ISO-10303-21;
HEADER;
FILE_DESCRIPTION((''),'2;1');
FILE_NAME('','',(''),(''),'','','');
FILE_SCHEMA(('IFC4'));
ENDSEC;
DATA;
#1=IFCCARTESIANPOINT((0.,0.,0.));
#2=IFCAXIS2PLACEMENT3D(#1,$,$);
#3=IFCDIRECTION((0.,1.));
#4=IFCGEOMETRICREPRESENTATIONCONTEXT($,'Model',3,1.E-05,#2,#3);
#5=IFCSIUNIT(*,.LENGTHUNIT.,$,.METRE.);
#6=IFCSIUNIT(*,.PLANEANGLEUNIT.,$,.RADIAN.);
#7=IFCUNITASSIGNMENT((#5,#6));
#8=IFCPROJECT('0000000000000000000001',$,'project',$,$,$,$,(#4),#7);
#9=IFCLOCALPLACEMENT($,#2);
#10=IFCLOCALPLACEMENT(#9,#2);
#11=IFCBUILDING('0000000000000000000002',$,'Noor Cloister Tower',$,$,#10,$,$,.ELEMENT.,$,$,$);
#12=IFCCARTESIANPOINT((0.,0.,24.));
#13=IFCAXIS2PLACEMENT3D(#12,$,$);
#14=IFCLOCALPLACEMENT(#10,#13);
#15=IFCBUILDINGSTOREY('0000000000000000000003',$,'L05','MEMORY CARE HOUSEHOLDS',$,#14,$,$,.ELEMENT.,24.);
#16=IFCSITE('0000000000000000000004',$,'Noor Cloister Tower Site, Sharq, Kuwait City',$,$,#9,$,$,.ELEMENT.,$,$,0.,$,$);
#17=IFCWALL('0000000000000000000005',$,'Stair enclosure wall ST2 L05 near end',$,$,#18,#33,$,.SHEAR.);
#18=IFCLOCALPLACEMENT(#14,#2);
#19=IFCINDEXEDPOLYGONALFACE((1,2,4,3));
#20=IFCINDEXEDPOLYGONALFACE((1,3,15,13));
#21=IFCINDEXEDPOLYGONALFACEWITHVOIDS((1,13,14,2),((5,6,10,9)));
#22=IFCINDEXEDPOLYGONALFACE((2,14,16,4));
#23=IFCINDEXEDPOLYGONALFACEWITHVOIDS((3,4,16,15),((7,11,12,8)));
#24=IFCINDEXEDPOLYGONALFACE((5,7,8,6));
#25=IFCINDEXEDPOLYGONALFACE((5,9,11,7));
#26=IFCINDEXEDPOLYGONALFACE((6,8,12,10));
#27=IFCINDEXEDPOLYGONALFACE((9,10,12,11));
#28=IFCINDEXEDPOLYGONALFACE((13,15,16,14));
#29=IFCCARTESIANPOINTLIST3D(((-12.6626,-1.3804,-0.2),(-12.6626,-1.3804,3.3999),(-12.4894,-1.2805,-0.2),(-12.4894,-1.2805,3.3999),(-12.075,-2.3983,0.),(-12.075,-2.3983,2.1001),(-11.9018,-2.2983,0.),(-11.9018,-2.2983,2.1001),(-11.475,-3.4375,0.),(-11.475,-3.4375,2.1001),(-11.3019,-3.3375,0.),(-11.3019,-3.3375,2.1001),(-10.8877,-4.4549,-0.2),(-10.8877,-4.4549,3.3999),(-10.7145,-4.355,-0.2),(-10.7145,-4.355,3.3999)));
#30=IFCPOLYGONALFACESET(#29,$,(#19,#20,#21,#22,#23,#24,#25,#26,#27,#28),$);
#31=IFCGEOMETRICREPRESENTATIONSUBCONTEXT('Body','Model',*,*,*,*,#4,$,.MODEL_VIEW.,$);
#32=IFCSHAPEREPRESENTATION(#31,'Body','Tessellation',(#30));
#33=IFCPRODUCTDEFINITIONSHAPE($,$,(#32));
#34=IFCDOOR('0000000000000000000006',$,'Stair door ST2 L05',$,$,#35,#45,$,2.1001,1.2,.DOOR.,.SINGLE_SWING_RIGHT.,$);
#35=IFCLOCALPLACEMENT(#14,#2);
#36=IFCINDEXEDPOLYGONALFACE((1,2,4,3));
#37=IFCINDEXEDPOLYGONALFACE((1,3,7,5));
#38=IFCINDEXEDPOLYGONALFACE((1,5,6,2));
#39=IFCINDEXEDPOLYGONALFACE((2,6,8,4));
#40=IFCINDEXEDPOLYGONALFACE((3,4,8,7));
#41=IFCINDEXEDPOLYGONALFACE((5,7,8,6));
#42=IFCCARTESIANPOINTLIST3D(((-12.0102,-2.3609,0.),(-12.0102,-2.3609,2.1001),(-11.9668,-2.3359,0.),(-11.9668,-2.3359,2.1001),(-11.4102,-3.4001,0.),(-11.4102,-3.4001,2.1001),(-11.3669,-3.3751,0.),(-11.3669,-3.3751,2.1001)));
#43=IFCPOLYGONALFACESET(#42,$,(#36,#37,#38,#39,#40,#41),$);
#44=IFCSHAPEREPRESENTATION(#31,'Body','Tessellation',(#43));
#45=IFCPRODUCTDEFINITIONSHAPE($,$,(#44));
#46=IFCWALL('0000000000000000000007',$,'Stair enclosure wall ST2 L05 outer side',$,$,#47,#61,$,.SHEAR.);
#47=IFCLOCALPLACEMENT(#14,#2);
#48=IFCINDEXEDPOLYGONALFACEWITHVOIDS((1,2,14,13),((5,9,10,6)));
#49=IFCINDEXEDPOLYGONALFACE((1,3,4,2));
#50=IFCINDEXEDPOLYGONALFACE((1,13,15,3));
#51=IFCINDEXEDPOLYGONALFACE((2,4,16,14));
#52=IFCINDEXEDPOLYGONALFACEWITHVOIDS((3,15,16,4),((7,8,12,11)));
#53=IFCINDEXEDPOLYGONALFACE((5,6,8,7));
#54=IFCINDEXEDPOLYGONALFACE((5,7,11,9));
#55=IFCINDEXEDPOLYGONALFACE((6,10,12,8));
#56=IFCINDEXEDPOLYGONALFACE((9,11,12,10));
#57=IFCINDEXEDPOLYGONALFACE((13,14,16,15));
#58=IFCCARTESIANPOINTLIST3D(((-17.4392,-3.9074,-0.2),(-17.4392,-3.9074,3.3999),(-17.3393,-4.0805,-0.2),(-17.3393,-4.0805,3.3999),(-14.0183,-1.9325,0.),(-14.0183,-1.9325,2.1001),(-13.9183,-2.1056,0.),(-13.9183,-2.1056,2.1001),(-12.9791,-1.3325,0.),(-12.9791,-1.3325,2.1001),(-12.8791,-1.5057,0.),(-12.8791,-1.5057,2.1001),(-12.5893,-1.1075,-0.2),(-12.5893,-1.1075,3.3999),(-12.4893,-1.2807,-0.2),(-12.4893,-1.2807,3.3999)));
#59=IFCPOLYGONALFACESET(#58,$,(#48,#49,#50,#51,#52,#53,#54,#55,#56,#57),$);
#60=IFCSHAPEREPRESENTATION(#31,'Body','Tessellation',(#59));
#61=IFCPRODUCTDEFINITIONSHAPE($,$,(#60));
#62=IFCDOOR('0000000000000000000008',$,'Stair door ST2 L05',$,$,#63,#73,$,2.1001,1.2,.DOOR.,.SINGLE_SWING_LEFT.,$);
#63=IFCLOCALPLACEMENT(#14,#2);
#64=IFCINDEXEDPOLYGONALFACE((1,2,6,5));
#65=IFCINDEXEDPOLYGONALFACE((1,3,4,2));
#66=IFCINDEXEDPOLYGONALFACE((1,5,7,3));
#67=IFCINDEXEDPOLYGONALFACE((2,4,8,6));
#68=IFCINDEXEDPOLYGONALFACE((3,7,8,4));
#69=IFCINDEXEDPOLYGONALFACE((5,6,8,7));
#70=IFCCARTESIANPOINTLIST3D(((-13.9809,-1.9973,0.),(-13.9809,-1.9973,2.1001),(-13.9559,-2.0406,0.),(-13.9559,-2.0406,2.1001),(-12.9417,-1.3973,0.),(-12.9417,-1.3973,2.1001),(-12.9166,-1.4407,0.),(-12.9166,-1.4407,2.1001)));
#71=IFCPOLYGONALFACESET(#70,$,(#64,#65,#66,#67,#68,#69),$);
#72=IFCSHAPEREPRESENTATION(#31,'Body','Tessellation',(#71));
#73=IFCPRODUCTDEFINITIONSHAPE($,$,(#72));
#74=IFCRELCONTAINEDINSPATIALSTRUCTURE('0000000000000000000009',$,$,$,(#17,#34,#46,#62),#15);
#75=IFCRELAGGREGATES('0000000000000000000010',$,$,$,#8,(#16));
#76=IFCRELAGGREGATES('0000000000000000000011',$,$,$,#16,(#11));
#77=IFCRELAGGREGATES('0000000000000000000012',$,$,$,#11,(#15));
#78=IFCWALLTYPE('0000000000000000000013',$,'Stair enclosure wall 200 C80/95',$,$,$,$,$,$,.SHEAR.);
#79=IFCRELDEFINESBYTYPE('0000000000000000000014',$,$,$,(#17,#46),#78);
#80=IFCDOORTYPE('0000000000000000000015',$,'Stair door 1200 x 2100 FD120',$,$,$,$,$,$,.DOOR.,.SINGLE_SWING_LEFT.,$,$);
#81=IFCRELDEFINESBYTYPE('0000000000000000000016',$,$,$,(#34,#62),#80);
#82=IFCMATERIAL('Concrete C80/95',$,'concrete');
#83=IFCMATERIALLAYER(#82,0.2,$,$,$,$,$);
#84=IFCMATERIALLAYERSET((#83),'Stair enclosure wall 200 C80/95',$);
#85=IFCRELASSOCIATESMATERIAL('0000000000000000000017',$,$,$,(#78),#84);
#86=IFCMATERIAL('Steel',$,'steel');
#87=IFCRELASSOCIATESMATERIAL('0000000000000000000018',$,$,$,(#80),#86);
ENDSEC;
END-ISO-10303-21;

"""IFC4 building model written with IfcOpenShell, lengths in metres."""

from ifc_helpers import new_model, si_unit, direction, frame, frame_2d, origin, place, context, subcontext, project, spatial, rectangle, extrude, material, layer, layer_set, type_object, element, fill, save


model = new_model("IFC4")

# Units and contexts
model_context = context("Model", 3, precision=1e-05, world=origin(), true_north=direction((0.0, 1.0)))
body_context = subcontext(model_context, "Body", "Model", "MODEL_VIEW")
ifc_project = project(units=[si_unit("LENGTHUNIT", "METRE"), si_unit("PLANEANGLEUNIT", "RADIAN")], contexts=[model_context])

# Site, building, storey
site_placement = place(None, origin())
site = spatial("IfcSite", under=ifc_project, at=site_placement, Name="Noor Cloister Tower Site, Sharq, Kuwait City", CompositionType="ELEMENT", RefElevation=0.0)
building_placement = place(site_placement, origin())
building = spatial("IfcBuilding", under=site, at=building_placement, Name="Noor Cloister Tower", CompositionType="ELEMENT")
storey_placement = place(building_placement, frame((0.0, 0.0, 24.0)))
storey = spatial("IfcBuildingStorey", under=building, at=storey_placement, Name="L05", Description="MEMORY CARE HOUSEHOLDS", CompositionType="ELEMENT", Elevation=24.0)

# Walls, openings, doors
ifc_material_1 = material(Name="Concrete C80/95", Category="concrete")
ifc_layer_1 = layer(ifc_material_1, 0.2)
ifc_layer_set_1 = layer_set([ifc_layer_1], Name="Stair enclosure wall 200 C80/95")
wall_type_1 = type_object("IfcWallType", Name="Stair enclosure wall 200 C80/95", PredefinedType="SHEAR", material=ifc_layer_set_1)
wall_1_placement = place(storey_placement, frame((-12.5759, -1.3306, -0.2), z_axis=(0.0, 0.0, 1.0), x_axis=(0.49997, -0.866042, 0.0)))
wall_1 = element("IfcWall", 1, at=wall_1_placement, inside=storey, type_object=wall_type_1, Name="Stair enclosure wall ST2 L05 near end", PredefinedType="SHEAR", context=body_context, shape_type="SweptSolid", body=[
    extrude(rectangle(XDim=3.55, YDim=0.2, at=frame_2d((1.7749, 0.0))), origin(), (0.0, 0.0, 1.0), 3.5999),
])
opening_1_placement = place(wall_1_placement, frame((1.175, 0.0, 0.2)))
opening_1 = element("IfcOpeningElement", 2, at=opening_1_placement, cuts=wall_1, PredefinedType="OPENING", context=body_context, shape_type="SweptSolid", body=[
    extrude(rectangle(XDim=1.2, YDim=2.1001, at=frame_2d((0.6001, 1.05))), frame((0.0, 0.1099, 0.0), z_axis=(0.0, -1.0, 0.0), x_axis=(1.0, 0.0, 0.0)), (0.0, 0.0, 1.0), 0.22),
])
ifc_material_2 = material(Name="Steel", Category="steel")
door_type_1 = type_object("IfcDoorType", Name="Stair door 1200 x 2100 FD120", OperationType="SINGLE_SWING_LEFT", PredefinedType="DOOR", material=ifc_material_2)
door_1_placement = place(opening_1_placement, origin())
door_1 = element("IfcDoor", 3, at=door_1_placement, inside=storey, type_object=door_type_1, Name="Stair door ST2 L05", OperationType="SINGLE_SWING_RIGHT", OverallHeight=2.1001, OverallWidth=1.2, PredefinedType="DOOR", context=body_context, shape_type="SweptSolid", body=[
    extrude(rectangle(XDim=1.2, YDim=2.1001, at=frame_2d((0.6001, 1.05))), frame((0.0, 0.0249, 0.0), z_axis=(0.0, -1.0, 0.0), x_axis=(1.0, 0.0, 0.0)), (0.0, 0.0, 1.0), 0.05),
])
fill(opening_1, door_1)
wall_2_placement = place(storey_placement, frame((-12.5393, -1.1941, -0.2), z_axis=(0.0, 0.0, 1.0), x_axis=(-0.866045, -0.499965, 0.0)))
wall_2 = element("IfcWall", 4, at=wall_2_placement, inside=storey, type_object=wall_type_1, Name="Stair enclosure wall ST2 L05 outer side", PredefinedType="SHEAR", context=body_context, shape_type="SweptSolid", body=[
    extrude(rectangle(XDim=5.6001, YDim=0.2, at=frame_2d((2.8, 0.0))), origin(), (0.0, 0.0, 1.0), 3.5999),
])
opening_2_placement = place(wall_2_placement, frame((0.45, 0.0, 0.2)))
opening_2 = element("IfcOpeningElement", 5, at=opening_2_placement, cuts=wall_2, PredefinedType="OPENING", context=body_context, shape_type="SweptSolid", body=[
    extrude(rectangle(XDim=1.2, YDim=2.1001, at=frame_2d((0.6001, 1.05))), frame((0.0, 0.1099, 0.0), z_axis=(0.0, -1.0, 0.0), x_axis=(1.0, 0.0, 0.0)), (0.0, 0.0, 1.0), 0.22),
])
door_2_placement = place(opening_2_placement, origin())
door_2 = element("IfcDoor", 6, at=door_2_placement, inside=storey, type_object=door_type_1, Name="Stair door ST2 L05", OperationType="SINGLE_SWING_LEFT", OverallHeight=2.1001, OverallWidth=1.2, PredefinedType="DOOR", context=body_context, shape_type="SweptSolid", body=[
    extrude(rectangle(XDim=1.2, YDim=2.1001, at=frame_2d((0.6001, 1.05))), frame((0.0, 0.0249, 0.0), z_axis=(0.0, -1.0, 0.0), x_axis=(1.0, 0.0, 0.0)), (0.0, 0.0, 1.0), 0.05),
])
fill(opening_2, door_2)

save(model, "model.ifc")
